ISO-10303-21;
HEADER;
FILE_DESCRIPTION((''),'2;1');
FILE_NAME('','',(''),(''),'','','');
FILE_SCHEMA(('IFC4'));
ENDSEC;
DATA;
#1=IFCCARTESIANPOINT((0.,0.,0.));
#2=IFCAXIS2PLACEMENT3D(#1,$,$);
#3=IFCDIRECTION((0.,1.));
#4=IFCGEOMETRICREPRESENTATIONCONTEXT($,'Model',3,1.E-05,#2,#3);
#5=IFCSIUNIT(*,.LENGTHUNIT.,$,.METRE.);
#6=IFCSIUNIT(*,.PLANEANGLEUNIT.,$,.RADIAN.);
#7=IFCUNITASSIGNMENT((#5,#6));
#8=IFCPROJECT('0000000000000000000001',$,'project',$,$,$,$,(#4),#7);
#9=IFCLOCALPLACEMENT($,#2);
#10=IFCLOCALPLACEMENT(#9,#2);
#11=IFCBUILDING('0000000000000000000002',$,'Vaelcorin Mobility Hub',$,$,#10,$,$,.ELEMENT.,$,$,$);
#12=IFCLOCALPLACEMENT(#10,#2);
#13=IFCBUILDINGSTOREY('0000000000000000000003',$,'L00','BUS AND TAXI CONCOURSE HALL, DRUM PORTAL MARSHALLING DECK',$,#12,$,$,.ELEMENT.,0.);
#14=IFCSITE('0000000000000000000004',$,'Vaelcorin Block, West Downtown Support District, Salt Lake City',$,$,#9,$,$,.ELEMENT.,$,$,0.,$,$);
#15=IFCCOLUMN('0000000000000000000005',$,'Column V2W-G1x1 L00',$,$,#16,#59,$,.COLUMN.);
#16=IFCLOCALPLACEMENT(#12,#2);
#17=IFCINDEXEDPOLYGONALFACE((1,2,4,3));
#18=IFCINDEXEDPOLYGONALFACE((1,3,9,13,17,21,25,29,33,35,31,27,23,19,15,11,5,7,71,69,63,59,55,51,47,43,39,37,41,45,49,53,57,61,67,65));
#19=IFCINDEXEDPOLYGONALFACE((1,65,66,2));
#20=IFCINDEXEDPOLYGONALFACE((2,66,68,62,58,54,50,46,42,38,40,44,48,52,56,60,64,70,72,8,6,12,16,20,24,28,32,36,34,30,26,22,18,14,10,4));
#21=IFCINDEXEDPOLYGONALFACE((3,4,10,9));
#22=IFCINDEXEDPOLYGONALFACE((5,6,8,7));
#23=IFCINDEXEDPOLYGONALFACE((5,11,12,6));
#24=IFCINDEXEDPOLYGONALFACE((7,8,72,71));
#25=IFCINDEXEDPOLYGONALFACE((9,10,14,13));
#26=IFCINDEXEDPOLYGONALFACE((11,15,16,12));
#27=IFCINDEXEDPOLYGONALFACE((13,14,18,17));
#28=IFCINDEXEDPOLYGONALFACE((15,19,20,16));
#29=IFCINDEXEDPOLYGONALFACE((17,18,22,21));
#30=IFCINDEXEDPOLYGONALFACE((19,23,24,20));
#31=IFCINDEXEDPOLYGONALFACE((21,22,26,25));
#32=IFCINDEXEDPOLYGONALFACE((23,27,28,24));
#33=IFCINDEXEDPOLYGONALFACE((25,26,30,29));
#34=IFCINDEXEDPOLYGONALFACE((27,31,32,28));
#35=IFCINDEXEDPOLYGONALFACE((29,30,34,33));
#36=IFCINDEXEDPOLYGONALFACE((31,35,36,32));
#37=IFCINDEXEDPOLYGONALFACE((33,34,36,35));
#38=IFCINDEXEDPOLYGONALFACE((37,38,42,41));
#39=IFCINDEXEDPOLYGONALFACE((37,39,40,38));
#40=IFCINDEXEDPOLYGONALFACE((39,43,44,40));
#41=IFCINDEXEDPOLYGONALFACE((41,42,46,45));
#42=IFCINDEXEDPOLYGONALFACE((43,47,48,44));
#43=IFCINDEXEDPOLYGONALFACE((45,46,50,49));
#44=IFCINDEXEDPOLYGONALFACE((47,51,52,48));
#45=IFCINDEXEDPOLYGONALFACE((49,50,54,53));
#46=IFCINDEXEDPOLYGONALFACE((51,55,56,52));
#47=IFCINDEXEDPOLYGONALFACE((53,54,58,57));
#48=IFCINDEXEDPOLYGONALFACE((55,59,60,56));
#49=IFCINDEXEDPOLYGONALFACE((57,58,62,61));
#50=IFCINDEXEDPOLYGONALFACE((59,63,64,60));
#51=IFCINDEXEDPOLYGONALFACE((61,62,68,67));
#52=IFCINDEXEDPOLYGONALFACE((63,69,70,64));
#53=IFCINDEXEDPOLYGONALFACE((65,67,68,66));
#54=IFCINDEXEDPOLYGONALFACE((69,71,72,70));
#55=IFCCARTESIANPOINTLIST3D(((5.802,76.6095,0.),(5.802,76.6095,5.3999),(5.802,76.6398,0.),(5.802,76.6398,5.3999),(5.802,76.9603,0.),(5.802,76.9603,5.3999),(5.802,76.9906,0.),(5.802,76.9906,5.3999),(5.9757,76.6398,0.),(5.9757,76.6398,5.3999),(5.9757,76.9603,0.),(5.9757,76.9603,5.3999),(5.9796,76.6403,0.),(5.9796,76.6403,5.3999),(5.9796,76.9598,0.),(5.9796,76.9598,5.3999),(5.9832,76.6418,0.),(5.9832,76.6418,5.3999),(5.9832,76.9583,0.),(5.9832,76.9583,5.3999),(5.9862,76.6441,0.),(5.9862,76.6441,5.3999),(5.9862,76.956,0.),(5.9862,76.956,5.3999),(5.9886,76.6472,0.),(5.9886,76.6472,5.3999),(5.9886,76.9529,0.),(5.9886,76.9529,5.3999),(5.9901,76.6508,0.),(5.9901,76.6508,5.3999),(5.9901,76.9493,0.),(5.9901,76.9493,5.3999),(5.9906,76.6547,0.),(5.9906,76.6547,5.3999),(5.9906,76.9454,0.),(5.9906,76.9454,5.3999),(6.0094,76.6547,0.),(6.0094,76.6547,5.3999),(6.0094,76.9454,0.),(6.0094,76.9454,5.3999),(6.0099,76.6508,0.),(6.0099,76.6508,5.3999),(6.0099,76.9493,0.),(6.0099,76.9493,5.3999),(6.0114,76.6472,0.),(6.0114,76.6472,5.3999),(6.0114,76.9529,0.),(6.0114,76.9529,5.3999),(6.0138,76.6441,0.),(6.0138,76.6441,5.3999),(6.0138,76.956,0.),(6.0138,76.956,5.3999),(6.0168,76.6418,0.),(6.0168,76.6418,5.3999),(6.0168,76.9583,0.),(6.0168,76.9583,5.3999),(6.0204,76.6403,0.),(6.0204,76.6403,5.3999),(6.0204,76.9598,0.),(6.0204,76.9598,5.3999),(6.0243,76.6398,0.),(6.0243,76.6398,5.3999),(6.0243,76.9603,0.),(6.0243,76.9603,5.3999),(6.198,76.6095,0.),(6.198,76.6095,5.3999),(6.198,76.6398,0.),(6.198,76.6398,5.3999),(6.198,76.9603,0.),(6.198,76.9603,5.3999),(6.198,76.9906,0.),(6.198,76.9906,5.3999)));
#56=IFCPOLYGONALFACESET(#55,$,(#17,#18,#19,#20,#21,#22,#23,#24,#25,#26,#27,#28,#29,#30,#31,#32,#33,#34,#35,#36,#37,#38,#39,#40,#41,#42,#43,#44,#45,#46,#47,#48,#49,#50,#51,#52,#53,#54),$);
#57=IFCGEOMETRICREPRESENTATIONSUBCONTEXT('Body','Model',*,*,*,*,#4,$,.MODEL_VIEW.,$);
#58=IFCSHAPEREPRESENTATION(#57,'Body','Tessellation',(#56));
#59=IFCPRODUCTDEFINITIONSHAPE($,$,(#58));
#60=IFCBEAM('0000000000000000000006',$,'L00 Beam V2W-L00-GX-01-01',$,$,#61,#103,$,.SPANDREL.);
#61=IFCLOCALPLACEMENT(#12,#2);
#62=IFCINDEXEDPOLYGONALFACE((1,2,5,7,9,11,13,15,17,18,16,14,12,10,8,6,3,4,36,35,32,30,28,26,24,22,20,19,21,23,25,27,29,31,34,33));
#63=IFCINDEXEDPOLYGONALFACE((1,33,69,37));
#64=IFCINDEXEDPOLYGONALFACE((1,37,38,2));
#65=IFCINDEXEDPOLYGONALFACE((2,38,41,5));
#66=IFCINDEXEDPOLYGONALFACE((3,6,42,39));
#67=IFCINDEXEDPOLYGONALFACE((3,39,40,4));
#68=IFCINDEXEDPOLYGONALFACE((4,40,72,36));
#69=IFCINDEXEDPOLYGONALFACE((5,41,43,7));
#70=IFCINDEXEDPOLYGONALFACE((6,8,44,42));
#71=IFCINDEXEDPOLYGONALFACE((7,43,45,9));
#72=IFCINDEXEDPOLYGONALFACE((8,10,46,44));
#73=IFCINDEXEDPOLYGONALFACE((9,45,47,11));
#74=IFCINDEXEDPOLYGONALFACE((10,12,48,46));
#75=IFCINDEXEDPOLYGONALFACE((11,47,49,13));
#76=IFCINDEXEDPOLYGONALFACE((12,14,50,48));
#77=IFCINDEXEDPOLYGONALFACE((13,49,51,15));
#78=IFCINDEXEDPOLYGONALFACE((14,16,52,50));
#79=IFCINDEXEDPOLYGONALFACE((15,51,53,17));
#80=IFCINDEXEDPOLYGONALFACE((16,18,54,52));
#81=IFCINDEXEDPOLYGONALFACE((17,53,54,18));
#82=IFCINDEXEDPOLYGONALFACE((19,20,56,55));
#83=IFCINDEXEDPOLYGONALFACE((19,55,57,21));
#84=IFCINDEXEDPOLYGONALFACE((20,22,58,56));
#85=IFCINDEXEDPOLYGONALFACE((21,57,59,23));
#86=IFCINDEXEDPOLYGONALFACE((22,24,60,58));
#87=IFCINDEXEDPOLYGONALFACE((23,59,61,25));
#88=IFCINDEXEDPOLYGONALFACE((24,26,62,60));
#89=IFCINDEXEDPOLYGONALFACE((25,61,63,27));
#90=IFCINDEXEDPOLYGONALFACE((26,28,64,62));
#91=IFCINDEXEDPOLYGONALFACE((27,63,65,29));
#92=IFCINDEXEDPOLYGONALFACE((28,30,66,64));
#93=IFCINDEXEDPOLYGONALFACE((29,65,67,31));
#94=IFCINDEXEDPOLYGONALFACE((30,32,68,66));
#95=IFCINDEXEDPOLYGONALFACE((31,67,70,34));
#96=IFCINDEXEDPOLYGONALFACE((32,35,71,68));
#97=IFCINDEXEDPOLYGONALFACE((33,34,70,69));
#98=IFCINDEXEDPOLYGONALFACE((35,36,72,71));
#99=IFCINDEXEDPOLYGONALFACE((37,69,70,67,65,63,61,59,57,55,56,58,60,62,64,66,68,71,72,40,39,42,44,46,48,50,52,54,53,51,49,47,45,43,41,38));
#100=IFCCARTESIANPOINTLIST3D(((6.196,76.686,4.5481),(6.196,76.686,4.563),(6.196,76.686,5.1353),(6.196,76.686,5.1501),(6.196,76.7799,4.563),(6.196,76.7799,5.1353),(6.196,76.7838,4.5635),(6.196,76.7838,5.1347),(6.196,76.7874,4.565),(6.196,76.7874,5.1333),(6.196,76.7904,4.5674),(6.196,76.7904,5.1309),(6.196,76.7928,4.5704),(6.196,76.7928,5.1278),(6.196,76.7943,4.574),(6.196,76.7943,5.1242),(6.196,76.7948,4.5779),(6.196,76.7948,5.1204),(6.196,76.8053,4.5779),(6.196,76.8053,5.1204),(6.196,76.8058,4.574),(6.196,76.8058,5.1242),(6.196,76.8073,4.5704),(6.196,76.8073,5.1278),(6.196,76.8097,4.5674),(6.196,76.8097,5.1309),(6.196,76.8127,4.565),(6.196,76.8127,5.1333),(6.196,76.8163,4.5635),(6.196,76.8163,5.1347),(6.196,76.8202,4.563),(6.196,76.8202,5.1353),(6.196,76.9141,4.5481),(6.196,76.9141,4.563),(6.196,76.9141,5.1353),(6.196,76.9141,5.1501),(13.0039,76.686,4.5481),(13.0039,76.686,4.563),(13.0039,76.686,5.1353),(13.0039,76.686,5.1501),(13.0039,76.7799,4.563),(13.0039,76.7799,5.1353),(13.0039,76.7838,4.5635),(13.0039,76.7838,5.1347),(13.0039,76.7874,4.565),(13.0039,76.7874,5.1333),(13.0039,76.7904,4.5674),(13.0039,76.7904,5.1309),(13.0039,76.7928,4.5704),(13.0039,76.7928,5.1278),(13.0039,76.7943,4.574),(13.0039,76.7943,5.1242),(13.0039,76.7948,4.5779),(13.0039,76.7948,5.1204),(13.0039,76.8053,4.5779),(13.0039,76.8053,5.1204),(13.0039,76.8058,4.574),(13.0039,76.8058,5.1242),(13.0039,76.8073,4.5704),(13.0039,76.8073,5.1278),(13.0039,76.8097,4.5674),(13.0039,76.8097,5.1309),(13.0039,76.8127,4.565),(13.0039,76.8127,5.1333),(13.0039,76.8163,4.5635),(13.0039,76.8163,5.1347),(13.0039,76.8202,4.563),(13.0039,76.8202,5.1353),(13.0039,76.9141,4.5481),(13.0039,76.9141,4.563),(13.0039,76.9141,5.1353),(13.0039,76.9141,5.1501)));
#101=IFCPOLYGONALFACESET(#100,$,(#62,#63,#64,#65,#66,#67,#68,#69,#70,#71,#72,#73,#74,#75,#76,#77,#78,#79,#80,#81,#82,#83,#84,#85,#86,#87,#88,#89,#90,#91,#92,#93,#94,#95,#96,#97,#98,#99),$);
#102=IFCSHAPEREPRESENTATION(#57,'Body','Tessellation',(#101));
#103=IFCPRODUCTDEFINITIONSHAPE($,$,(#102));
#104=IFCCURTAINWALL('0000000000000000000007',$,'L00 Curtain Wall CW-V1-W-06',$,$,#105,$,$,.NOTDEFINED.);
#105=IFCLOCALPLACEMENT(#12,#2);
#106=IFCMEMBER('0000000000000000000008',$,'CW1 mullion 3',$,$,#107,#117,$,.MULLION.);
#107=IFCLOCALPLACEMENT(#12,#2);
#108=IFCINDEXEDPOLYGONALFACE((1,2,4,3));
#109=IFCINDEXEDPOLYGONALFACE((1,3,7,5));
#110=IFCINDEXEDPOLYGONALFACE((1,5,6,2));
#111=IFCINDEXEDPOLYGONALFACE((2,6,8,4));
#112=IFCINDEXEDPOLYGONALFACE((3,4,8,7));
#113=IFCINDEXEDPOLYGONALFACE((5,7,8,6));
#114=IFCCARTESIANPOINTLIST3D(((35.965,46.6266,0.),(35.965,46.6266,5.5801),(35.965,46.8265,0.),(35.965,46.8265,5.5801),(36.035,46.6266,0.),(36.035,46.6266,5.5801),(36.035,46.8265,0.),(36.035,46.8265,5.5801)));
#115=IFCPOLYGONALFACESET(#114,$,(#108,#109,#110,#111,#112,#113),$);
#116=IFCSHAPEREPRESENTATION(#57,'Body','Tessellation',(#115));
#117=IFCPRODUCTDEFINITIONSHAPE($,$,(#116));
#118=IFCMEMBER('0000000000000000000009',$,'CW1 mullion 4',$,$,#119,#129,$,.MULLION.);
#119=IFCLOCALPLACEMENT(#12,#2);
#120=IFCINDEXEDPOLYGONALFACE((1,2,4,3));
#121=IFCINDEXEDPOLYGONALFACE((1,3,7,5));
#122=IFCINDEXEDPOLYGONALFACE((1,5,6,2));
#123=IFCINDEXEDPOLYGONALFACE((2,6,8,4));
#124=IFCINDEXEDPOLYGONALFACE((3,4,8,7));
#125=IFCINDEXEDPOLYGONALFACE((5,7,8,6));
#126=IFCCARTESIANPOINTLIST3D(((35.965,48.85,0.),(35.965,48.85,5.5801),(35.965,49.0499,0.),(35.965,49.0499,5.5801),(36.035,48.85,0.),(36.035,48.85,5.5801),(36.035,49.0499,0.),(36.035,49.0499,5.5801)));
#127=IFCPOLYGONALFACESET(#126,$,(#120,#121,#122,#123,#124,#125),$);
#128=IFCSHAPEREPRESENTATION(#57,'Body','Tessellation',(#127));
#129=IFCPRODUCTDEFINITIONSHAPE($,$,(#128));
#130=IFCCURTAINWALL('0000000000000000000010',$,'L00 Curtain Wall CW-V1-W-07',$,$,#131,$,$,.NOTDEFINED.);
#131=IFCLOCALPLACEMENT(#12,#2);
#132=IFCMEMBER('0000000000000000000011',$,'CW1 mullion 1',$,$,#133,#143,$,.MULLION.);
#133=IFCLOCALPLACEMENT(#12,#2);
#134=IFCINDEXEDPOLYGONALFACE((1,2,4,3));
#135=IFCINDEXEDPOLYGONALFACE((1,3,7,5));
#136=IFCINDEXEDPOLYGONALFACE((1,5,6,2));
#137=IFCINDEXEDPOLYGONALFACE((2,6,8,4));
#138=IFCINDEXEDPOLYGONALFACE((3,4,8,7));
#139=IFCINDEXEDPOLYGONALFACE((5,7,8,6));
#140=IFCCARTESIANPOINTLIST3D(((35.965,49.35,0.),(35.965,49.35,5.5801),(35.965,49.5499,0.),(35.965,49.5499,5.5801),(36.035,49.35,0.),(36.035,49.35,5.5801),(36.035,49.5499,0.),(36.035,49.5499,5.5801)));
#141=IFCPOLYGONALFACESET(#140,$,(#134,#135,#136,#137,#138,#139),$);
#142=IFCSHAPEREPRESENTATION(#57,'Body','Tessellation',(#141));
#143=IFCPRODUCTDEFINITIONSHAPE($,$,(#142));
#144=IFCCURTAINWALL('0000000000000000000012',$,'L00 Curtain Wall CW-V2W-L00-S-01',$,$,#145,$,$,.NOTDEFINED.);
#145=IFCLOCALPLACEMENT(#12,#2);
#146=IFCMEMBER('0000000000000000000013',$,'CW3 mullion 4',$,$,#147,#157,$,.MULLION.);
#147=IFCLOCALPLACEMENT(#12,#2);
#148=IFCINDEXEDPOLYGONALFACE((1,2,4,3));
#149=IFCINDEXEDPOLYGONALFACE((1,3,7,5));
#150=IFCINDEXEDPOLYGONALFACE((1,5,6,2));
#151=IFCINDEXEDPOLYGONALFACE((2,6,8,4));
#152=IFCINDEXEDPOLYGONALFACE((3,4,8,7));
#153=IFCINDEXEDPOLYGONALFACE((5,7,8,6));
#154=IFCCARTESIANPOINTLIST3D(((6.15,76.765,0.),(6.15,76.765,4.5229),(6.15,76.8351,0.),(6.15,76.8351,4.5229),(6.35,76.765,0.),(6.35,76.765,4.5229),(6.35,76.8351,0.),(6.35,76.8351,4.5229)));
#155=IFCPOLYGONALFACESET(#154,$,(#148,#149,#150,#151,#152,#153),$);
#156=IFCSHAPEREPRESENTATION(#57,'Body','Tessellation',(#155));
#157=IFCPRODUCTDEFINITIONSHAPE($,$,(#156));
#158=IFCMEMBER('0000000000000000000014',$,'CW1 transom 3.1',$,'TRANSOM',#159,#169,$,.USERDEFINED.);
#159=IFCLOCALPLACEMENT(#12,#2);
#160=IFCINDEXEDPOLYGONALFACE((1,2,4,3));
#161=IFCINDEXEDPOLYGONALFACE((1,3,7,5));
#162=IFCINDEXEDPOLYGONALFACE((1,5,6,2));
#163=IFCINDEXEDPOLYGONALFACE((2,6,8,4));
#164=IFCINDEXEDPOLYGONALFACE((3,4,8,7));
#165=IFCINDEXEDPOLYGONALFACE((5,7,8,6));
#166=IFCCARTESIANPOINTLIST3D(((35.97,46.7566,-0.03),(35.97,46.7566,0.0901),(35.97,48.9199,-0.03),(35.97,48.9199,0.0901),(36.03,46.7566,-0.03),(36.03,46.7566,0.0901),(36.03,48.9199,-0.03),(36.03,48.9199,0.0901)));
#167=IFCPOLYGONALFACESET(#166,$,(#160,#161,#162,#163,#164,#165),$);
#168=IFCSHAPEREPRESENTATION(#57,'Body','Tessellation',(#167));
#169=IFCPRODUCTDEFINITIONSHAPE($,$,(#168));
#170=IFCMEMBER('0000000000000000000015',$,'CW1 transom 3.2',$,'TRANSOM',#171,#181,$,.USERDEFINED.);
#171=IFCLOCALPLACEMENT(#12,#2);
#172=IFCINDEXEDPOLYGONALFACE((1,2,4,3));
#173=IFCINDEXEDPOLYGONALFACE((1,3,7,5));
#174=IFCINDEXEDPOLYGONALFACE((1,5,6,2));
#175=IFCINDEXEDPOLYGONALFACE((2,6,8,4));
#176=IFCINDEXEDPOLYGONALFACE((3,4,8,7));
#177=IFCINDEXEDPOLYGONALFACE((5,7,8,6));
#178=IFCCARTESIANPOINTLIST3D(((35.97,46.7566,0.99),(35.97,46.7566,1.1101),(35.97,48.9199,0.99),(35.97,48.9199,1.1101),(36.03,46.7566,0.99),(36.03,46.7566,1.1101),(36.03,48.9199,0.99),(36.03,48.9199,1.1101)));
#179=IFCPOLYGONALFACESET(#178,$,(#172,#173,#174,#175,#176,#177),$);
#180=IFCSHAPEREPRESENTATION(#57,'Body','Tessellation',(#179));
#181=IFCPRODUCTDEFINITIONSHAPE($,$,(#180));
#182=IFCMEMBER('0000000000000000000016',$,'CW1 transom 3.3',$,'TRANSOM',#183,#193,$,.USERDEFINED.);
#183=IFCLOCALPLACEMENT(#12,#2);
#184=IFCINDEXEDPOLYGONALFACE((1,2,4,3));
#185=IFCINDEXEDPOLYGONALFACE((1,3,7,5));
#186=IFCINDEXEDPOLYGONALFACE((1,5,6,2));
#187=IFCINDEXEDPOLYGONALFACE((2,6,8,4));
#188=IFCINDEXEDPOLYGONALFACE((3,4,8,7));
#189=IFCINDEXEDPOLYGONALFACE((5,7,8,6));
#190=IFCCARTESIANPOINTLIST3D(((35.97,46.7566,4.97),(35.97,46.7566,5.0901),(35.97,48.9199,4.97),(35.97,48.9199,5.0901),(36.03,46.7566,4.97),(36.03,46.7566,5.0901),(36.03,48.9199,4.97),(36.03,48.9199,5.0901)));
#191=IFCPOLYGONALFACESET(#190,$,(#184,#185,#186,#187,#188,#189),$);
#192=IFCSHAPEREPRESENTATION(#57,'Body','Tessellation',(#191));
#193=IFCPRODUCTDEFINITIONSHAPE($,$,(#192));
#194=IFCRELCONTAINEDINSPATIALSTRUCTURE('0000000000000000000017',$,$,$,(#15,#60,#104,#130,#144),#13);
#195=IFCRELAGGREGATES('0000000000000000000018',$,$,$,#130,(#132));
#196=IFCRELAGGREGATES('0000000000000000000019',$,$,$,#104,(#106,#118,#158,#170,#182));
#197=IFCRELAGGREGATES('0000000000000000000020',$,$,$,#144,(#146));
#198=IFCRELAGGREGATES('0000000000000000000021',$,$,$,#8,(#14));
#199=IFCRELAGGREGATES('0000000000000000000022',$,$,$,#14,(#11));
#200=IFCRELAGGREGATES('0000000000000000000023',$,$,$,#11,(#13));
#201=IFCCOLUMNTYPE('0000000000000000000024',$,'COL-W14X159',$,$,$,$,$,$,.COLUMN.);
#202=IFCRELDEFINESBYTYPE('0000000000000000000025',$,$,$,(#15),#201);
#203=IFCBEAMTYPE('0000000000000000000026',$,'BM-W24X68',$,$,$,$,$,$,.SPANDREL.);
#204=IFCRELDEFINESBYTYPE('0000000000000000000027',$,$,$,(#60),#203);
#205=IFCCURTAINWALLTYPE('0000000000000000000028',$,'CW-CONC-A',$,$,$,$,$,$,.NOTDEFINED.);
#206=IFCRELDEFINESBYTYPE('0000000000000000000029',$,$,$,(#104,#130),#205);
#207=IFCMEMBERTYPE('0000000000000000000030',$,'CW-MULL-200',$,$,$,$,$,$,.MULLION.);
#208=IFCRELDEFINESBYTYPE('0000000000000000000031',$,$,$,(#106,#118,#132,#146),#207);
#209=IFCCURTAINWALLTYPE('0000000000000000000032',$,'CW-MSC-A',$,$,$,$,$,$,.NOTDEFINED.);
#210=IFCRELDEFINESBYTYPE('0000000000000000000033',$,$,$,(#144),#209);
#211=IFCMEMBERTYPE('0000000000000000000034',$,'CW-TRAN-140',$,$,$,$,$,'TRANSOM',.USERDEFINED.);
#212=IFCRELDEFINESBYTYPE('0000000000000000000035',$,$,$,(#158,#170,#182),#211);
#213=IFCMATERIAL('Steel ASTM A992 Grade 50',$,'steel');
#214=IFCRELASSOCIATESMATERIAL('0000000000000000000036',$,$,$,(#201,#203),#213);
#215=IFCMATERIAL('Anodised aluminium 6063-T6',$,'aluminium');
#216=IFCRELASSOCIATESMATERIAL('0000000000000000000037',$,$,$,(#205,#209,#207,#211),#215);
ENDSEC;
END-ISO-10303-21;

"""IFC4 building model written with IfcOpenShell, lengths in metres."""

from ifc_helpers import new_model, si_unit, direction, frame, origin, origin_2d, place, context, subcontext, project, spatial, rectangle, i_section, extrude, material, material_profile, profile_set, type_object, element, aggregate, save


model = new_model("IFC4")

# Units and contexts
model_context = context("Model", 3, precision=1e-05, world=origin(), true_north=direction((0.0, 1.0)))
body_context = subcontext(model_context, "Body", "Model", "MODEL_VIEW")
ifc_project = project(units=[si_unit("LENGTHUNIT", "METRE"), si_unit("PLANEANGLEUNIT", "RADIAN")], contexts=[model_context])

# Site, building, storey
site_placement = place(None, origin())
site = spatial("IfcSite", under=ifc_project, at=site_placement, Name="Vaelcorin Block, West Downtown Support District, Salt Lake City", CompositionType="ELEMENT", RefElevation=0.0)
building_placement = place(site_placement, origin())
building = spatial("IfcBuilding", under=site, at=building_placement, Name="Vaelcorin Mobility Hub", CompositionType="ELEMENT")
storey_placement = place(building_placement, origin())
storey = spatial("IfcBuildingStorey", under=building, at=storey_placement, Name="L00", Description="BUS AND TAXI CONCOURSE HALL, DRUM PORTAL MARSHALLING DECK", CompositionType="ELEMENT", Elevation=0.0)

# Column
ifc_material_1 = material(Name="Steel ASTM A992 Grade 50", Category="steel")
ifc_material_profile_1 = material_profile(ifc_material_1, i_section(OverallWidth=0.396, OverallDepth=0.3811, WebThickness=0.0188, FlangeThickness=0.0303, FilletRadius=0.0149, at=origin_2d()), Name="W14X159")
ifc_profile_set_1 = profile_set([ifc_material_profile_1], Name="Steel ASTM A992 Grade 50")
column_type = type_object("IfcColumnType", Name="COL-W14X159", PredefinedType="COLUMN", material=ifc_profile_set_1)
column_placement = place(storey_placement, frame((6.0, 76.8, 0.0), z_axis=(0.0, 0.0, 1.0), x_axis=(1.0, 0.0, 0.0)))
element("IfcColumn", 1, at=column_placement, inside=storey, type_object=column_type, Name="Column V2W-G1x1 L00", PredefinedType="COLUMN", context=body_context, shape_type="SweptSolid", body=[
    extrude(i_section(OverallWidth=0.396, OverallDepth=0.3811, WebThickness=0.0188, FlangeThickness=0.0303, FilletRadius=0.0149, at=origin_2d()), origin(), (0.0, 0.0, 1.0), 5.3999),
])

# Beam
ifc_material_profile_2 = material_profile(ifc_material_1, i_section(OverallWidth=0.228, OverallDepth=0.6021, WebThickness=0.0105, FlangeThickness=0.0149, FilletRadius=0.0149, at=origin_2d()), Name="W24X68")
ifc_profile_set_2 = profile_set([ifc_material_profile_2], Name="Steel ASTM A992 Grade 50")
beam_type = type_object("IfcBeamType", Name="BM-W24X68", PredefinedType="SPANDREL", material=ifc_profile_set_2)
beam_placement = place(storey_placement, frame((6.196, 76.8, 4.8491), z_axis=(1.0, 0.0, 0.0), x_axis=(0.0, 1.0, 0.0)))
element("IfcBeam", 2, at=beam_placement, inside=storey, type_object=beam_type, Name="L00 Beam V2W-L00-GX-01-01", PredefinedType="SPANDREL", context=body_context, shape_type="SweptSolid", body=[
    extrude(i_section(OverallWidth=0.228, OverallDepth=0.6021, WebThickness=0.0105, FlangeThickness=0.0149, FilletRadius=0.0149, at=origin_2d()), origin(), (0.0, 0.0, 1.0), 6.8079),
])

# Curtain wall, members
ifc_material_2 = material(Name="Anodised aluminium 6063-T6", Category="aluminium")
curtain_wall_type_1 = type_object("IfcCurtainWallType", Name="CW-CONC-A", PredefinedType="NOTDEFINED", material=ifc_material_2)
curtain_wall_1_placement = place(storey_placement, origin())
curtain_wall_1 = element("IfcCurtainWall", 3, at=curtain_wall_1_placement, inside=storey, type_object=curtain_wall_type_1, Name="L00 Curtain Wall CW-V1-W-06", PredefinedType="NOTDEFINED")
ifc_material_profile_3 = material_profile(ifc_material_2, rectangle(XDim=0.0701, YDim=0.2, at=origin_2d()), Name="ALU-M70X200")
ifc_profile_set_3 = profile_set([ifc_material_profile_3], Name="Anodised aluminium 6063-T6")
member_type_1 = type_object("IfcMemberType", Name="CW-MULL-200", PredefinedType="MULLION", material=ifc_profile_set_3)
member_1_placement = place(storey_placement, frame((36.0, 46.7266, 0.0), z_axis=(0.0, 0.0, 1.0), x_axis=(-1.0, 0.0, 0.0)))
member_1 = element("IfcMember", 4, at=member_1_placement, type_object=member_type_1, Name="CW1 mullion 3", PredefinedType="MULLION", context=body_context, shape_type="SweptSolid", body=[
    extrude(rectangle(XDim=0.0701, YDim=0.2, at=origin_2d()), origin(), (0.0, 0.0, 1.0), 5.5801),
])
member_2_placement = place(storey_placement, frame((36.0, 48.95, 0.0), z_axis=(0.0, 0.0, 1.0), x_axis=(-1.0, 0.0, 0.0)))
member_2 = element("IfcMember", 5, at=member_2_placement, type_object=member_type_1, Name="CW1 mullion 4", PredefinedType="MULLION", context=body_context, shape_type="SweptSolid", body=[
    extrude(rectangle(XDim=0.0701, YDim=0.2, at=origin_2d()), origin(), (0.0, 0.0, 1.0), 5.5801),
])

# Curtain walls, members
curtain_wall_2_placement = place(storey_placement, origin())
curtain_wall_2 = element("IfcCurtainWall", 6, at=curtain_wall_2_placement, inside=storey, type_object=curtain_wall_type_1, Name="L00 Curtain Wall CW-V1-W-07", PredefinedType="NOTDEFINED")
member_3_placement = place(storey_placement, frame((36.0, 49.45, 0.0), z_axis=(0.0, 0.0, 1.0), x_axis=(-1.0, 0.0, 0.0)))
member_3 = element("IfcMember", 7, at=member_3_placement, type_object=member_type_1, Name="CW1 mullion 1", PredefinedType="MULLION", context=body_context, shape_type="SweptSolid", body=[
    extrude(rectangle(XDim=0.0701, YDim=0.2, at=origin_2d()), origin(), (0.0, 0.0, 1.0), 5.5801),
])
curtain_wall_type_2 = type_object("IfcCurtainWallType", Name="CW-MSC-A", PredefinedType="NOTDEFINED", material=ifc_material_2)
curtain_wall_3_placement = place(storey_placement, origin())
curtain_wall_3 = element("IfcCurtainWall", 8, at=curtain_wall_3_placement, inside=storey, type_object=curtain_wall_type_2, Name="L00 Curtain Wall CW-V2W-L00-S-01", PredefinedType="NOTDEFINED")
member_4_placement = place(storey_placement, frame((6.25, 76.8, 0.0), z_axis=(0.0, 0.0, 1.0), x_axis=(0.0, -1.0, 0.0)))
member_4 = element("IfcMember", 9, at=member_4_placement, type_object=member_type_1, Name="CW3 mullion 4", PredefinedType="MULLION", context=body_context, shape_type="SweptSolid", body=[
    extrude(rectangle(XDim=0.0701, YDim=0.2, at=origin_2d()), origin(), (0.0, 0.0, 1.0), 4.5229),
])

# Members
ifc_material_profile_4 = material_profile(ifc_material_2, rectangle(XDim=0.0601, YDim=0.1201, at=origin_2d()), Name="ALU-T60X120")
ifc_profile_set_4 = profile_set([ifc_material_profile_4], Name="Anodised aluminium 6063-T6")
member_type_2 = type_object("IfcMemberType", Name="CW-TRAN-140", ElementType="TRANSOM", PredefinedType="USERDEFINED", material=ifc_profile_set_4)
member_5_placement = place(storey_placement, frame((36.0, 46.7566, 0.03), z_axis=(0.0, 1.0, 0.0), x_axis=(-1.0, 0.0, 0.0)))
member_5 = element("IfcMember", 10, at=member_5_placement, type_object=member_type_2, Name="CW1 transom 3.1", ObjectType="TRANSOM", PredefinedType="USERDEFINED", context=body_context, shape_type="SweptSolid", body=[
    extrude(rectangle(XDim=0.0601, YDim=0.1201, at=origin_2d()), origin(), (0.0, 0.0, 1.0), 2.1633),
])
member_6_placement = place(storey_placement, frame((36.0, 46.7566, 1.05), z_axis=(0.0, 1.0, 0.0), x_axis=(-1.0, 0.0, 0.0)))
member_6 = element("IfcMember", 11, at=member_6_placement, type_object=member_type_2, Name="CW1 transom 3.2", ObjectType="TRANSOM", PredefinedType="USERDEFINED", context=body_context, shape_type="SweptSolid", body=[
    extrude(rectangle(XDim=0.0601, YDim=0.1201, at=origin_2d()), origin(), (0.0, 0.0, 1.0), 2.1633),
])
member_7_placement = place(storey_placement, frame((36.0, 46.7566, 5.03), z_axis=(0.0, 1.0, 0.0), x_axis=(-1.0, 0.0, 0.0)))
member_7 = element("IfcMember", 12, at=member_7_placement, type_object=member_type_2, Name="CW1 transom 3.3", ObjectType="TRANSOM", PredefinedType="USERDEFINED", context=body_context, shape_type="SweptSolid", body=[
    extrude(rectangle(XDim=0.0601, YDim=0.1201, at=origin_2d()), origin(), (0.0, 0.0, 1.0), 2.1633),
])
aggregate(curtain_wall_2, [member_3])

aggregate(curtain_wall_1, [member_1, member_2, member_5, member_6, member_7])
aggregate(curtain_wall_3, [member_4])

save(model, "model.ifc")
